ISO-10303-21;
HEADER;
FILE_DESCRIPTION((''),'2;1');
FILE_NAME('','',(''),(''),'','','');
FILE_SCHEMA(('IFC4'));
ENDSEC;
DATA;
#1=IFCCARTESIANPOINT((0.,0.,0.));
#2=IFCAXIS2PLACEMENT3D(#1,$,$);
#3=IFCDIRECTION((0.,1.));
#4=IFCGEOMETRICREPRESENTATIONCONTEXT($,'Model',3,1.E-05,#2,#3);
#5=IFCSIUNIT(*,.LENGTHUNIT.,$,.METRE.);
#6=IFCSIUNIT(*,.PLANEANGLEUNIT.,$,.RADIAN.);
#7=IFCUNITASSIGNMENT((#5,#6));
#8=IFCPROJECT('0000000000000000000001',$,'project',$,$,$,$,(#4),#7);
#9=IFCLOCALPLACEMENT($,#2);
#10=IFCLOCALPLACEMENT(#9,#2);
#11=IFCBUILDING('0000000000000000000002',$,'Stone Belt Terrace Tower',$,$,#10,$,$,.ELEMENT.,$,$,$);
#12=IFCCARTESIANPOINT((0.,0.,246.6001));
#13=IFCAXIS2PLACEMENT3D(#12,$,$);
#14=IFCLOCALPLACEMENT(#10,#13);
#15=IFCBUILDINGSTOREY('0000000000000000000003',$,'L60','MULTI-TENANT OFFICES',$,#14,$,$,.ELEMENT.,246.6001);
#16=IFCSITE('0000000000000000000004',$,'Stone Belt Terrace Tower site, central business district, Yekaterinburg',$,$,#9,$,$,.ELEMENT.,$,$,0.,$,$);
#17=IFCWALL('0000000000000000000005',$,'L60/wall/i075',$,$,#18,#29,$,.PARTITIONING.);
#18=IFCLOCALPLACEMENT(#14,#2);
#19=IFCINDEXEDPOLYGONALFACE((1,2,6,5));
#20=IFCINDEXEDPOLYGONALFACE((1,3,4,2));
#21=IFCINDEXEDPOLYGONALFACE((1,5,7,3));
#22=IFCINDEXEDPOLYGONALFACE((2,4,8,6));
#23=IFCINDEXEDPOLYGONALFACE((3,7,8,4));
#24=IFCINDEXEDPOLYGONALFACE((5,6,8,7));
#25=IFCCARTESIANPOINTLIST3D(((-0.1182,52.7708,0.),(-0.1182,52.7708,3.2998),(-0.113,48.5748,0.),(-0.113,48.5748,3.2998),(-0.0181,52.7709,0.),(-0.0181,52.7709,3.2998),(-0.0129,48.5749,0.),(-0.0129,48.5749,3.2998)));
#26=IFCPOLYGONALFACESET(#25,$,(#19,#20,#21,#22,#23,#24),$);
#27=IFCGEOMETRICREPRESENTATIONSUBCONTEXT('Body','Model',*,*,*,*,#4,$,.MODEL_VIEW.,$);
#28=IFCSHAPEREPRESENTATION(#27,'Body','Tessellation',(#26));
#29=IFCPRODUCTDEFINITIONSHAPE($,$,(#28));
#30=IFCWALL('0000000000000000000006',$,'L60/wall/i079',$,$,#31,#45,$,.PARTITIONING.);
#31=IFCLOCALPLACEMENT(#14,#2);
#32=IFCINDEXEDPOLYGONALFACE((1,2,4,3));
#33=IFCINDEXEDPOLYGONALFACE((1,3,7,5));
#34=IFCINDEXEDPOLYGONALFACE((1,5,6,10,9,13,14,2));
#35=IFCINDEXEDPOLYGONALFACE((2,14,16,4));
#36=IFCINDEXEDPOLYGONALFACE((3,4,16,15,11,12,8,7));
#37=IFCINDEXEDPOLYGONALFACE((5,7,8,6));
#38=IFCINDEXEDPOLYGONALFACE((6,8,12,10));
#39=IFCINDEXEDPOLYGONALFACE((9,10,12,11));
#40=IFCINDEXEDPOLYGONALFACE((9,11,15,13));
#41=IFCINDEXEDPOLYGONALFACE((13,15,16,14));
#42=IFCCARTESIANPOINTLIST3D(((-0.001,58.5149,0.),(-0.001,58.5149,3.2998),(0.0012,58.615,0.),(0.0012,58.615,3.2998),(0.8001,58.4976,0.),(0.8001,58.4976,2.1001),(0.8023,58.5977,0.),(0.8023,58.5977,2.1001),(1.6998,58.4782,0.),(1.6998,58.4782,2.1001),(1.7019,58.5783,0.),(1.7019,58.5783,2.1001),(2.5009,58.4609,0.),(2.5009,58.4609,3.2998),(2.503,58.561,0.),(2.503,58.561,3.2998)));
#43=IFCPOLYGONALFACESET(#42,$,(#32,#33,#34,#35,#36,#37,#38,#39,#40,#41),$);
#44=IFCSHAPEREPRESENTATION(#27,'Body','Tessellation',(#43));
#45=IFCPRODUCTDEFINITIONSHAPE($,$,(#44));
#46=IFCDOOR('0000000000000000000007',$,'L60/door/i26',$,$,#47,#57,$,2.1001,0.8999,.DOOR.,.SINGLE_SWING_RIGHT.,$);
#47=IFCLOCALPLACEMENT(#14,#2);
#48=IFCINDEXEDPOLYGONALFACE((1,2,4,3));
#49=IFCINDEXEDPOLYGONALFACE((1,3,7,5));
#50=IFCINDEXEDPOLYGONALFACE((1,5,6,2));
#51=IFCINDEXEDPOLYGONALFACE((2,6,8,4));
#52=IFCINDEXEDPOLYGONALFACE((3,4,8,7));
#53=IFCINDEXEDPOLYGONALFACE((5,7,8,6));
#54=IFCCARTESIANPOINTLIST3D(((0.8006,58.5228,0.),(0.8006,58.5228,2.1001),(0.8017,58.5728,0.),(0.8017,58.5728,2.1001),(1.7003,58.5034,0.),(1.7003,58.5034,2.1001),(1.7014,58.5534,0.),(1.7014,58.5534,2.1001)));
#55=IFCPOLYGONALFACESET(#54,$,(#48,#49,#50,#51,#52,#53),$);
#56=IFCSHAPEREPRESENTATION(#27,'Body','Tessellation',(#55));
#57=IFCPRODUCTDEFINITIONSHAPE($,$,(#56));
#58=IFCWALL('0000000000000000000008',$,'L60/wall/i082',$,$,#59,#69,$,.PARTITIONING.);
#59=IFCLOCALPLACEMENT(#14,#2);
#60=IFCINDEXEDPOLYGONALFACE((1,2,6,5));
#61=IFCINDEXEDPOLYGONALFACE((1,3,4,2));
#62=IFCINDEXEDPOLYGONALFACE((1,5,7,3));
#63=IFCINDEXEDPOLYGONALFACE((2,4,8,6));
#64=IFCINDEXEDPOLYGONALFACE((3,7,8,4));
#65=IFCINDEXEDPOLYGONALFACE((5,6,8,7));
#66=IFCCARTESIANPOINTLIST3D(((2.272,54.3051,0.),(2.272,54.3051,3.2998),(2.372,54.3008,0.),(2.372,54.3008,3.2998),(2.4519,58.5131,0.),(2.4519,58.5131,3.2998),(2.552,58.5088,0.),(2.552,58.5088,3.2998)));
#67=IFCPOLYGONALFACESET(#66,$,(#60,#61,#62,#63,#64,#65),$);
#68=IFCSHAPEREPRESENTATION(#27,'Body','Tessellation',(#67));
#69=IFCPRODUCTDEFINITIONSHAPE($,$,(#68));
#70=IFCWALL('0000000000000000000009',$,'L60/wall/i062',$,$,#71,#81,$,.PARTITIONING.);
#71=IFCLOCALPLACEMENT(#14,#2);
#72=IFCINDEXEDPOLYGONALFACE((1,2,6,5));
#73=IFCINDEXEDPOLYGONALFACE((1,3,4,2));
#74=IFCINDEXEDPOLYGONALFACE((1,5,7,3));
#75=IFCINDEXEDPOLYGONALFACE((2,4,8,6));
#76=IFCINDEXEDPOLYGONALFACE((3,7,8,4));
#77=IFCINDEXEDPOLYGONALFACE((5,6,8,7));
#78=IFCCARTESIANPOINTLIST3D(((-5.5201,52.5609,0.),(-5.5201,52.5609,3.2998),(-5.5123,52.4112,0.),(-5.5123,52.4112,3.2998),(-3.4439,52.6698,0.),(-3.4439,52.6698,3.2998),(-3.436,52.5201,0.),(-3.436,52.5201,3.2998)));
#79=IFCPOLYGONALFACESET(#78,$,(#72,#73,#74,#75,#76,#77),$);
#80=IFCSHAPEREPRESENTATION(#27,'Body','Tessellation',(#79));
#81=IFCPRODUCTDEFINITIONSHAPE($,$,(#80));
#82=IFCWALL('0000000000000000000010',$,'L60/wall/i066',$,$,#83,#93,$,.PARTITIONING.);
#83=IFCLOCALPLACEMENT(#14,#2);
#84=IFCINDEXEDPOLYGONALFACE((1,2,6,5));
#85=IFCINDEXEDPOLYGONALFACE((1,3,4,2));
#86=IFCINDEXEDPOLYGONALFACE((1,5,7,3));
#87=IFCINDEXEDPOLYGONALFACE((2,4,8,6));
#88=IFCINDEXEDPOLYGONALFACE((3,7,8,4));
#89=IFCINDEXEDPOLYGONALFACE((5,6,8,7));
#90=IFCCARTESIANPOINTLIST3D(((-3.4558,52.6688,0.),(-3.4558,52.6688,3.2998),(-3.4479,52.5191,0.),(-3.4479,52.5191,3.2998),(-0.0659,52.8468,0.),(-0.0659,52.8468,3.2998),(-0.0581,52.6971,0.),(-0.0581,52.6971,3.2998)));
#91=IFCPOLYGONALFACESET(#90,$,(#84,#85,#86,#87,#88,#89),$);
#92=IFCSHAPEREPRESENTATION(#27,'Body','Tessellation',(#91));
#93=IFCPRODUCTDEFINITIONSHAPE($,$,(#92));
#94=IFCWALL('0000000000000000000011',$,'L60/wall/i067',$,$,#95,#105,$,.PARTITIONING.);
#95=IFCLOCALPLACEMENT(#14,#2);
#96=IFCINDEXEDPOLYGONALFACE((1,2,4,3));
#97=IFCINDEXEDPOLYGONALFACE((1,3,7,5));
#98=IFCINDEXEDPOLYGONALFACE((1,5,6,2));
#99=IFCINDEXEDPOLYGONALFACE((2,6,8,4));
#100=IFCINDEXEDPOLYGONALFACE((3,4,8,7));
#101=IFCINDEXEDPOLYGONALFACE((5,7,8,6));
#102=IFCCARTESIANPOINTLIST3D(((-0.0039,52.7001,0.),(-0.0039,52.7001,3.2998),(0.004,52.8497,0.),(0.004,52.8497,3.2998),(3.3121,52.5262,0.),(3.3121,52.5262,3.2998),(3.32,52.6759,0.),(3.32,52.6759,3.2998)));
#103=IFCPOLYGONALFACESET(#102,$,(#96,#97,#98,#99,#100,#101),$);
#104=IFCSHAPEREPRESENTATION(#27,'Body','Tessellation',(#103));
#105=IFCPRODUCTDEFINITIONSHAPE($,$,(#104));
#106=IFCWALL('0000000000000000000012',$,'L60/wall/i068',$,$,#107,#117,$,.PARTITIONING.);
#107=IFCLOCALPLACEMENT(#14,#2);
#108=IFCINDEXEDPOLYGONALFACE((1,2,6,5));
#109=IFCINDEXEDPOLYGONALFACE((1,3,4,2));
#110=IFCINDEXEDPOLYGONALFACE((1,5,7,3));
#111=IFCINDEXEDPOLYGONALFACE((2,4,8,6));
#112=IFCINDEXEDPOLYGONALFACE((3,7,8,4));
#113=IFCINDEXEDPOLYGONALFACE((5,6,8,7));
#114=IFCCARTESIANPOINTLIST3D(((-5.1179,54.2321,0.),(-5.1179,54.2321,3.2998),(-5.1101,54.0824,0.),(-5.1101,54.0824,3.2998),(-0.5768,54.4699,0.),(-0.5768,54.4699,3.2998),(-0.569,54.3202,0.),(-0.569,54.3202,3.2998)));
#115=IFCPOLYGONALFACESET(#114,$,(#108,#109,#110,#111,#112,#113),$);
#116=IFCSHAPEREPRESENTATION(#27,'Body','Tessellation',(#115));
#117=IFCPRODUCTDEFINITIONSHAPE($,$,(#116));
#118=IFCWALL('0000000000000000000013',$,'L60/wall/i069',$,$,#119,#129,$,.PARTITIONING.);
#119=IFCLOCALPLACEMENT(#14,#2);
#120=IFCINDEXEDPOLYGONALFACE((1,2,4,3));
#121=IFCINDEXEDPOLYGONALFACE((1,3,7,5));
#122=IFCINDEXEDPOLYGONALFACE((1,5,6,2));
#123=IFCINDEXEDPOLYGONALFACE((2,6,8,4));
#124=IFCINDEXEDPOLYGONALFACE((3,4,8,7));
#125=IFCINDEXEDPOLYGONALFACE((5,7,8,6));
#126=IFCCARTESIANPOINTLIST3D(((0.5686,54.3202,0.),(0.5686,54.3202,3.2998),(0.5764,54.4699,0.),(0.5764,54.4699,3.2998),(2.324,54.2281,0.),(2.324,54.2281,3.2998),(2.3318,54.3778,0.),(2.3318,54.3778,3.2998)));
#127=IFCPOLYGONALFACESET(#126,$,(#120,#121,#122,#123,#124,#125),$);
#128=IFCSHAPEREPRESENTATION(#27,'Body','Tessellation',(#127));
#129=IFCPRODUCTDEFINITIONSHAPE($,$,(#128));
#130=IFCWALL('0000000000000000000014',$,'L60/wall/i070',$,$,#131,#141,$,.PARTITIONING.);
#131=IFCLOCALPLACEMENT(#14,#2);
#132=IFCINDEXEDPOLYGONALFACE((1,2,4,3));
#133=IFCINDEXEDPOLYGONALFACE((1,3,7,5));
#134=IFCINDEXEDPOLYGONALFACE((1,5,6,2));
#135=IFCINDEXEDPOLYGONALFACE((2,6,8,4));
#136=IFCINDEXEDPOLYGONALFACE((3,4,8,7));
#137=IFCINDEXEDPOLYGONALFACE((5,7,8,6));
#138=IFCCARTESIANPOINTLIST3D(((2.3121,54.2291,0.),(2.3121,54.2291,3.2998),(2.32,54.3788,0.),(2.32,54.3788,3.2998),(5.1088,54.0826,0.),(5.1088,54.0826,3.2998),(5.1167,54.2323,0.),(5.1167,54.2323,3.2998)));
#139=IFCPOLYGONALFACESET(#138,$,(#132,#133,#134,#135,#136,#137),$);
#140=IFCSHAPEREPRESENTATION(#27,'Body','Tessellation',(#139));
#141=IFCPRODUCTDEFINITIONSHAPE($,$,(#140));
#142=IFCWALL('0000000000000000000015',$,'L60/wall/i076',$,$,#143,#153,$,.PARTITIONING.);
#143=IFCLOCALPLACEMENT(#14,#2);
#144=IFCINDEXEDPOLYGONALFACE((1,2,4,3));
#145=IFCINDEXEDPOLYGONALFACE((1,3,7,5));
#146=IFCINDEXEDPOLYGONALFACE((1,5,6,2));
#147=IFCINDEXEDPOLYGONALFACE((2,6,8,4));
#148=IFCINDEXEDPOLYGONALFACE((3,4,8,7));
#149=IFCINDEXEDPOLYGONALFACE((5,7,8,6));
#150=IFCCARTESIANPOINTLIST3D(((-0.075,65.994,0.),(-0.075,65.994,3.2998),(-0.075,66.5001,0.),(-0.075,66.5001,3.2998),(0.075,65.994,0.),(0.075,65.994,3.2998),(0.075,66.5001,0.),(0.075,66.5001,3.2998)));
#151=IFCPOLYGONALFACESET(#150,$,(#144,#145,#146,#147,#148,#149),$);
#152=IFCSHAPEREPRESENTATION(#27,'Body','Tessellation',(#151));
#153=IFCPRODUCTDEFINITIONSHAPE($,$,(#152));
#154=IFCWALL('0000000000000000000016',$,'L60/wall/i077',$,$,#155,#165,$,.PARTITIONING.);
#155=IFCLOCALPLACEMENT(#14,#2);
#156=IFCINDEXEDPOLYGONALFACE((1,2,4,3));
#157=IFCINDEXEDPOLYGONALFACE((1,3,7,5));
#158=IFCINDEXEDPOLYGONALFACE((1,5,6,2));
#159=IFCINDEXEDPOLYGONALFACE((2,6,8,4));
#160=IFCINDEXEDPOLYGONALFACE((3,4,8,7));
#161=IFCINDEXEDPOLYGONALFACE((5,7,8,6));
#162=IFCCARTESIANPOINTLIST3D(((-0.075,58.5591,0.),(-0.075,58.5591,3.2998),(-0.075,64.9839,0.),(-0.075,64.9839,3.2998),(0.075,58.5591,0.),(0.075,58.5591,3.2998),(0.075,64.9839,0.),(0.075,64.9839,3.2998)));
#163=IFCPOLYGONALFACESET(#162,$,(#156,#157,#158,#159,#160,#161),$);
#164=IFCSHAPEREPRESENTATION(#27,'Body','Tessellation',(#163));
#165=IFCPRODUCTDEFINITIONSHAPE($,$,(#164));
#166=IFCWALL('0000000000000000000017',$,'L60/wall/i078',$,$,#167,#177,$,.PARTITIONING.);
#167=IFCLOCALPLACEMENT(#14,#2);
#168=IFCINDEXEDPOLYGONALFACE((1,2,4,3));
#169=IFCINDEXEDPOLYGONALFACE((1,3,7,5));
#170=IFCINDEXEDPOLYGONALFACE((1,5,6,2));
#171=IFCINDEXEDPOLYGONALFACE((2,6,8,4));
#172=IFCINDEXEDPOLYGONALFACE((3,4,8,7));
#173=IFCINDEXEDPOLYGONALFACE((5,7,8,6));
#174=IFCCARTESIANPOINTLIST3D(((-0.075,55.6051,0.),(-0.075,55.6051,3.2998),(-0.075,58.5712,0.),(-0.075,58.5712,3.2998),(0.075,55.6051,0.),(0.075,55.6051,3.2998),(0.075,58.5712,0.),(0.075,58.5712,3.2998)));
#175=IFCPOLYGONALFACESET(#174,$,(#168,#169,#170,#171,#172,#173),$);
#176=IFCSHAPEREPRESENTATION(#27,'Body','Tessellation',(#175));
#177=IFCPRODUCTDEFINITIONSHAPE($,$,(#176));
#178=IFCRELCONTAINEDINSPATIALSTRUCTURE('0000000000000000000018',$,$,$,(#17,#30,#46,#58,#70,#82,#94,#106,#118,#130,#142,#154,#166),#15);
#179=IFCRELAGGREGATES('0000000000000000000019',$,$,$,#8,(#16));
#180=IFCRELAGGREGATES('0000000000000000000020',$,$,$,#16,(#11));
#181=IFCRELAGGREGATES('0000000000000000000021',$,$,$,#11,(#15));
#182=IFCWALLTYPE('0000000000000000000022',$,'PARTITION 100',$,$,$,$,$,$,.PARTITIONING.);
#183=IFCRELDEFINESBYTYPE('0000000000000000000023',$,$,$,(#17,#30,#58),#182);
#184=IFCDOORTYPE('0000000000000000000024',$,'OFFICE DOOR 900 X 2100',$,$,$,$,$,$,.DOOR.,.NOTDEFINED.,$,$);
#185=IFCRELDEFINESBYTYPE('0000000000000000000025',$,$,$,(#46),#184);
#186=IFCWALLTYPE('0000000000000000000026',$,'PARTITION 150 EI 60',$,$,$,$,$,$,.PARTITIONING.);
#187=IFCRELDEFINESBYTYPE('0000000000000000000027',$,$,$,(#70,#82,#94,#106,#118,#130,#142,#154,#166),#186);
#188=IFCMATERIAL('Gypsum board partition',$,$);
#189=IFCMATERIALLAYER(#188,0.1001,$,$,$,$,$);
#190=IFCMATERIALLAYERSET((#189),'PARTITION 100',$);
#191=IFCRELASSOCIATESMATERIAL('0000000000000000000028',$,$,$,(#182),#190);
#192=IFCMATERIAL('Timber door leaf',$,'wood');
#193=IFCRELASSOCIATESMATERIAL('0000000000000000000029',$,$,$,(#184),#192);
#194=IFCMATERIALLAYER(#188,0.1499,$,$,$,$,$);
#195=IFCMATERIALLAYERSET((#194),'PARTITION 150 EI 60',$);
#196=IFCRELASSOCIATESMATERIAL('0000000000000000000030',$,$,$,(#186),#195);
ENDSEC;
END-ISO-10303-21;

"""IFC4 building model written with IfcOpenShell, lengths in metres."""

from ifc_helpers import new_model, si_unit, direction, frame, frame_2d, origin, place, context, subcontext, project, spatial, rectangle, extrude, material, layer, layer_set, type_object, element, fill, save


model = new_model("IFC4")

# Units and contexts
model_context = context("Model", 3, precision=1e-05, world=origin(), true_north=direction((0.0, 1.0)))
body_context = subcontext(model_context, "Body", "Model", "MODEL_VIEW")
ifc_project = project(units=[si_unit("LENGTHUNIT", "METRE"), si_unit("PLANEANGLEUNIT", "RADIAN")], contexts=[model_context])

# Site, building, storey
site_placement = place(None, origin())
site = spatial("IfcSite", under=ifc_project, at=site_placement, Name="Stone Belt Terrace Tower site, central business district, Yekaterinburg", CompositionType="ELEMENT", RefElevation=0.0)
building_placement = place(site_placement, origin())
building = spatial("IfcBuilding", under=site, at=building_placement, Name="Stone Belt Terrace Tower", CompositionType="ELEMENT")
storey_placement = place(building_placement, frame((0.0, 0.0, 246.6001)))
storey = spatial("IfcBuildingStorey", under=building, at=storey_placement, Name="L60", Description="MULTI-TENANT OFFICES", CompositionType="ELEMENT", Elevation=246.6001)

# Shared definitions
ifc_material_1 = material(Name="Gypsum board partition")
ifc_layer_1 = layer(ifc_material_1, 0.1001)
ifc_layer_set_1 = layer_set([ifc_layer_1], Name="PARTITION 100")
wall_type_1 = type_object("IfcWallType", Name="PARTITION 100", PredefinedType="PARTITIONING", material=ifc_layer_set_1)
ifc_material_2 = material(Name="Timber door leaf", Category="wood")
door_type = type_object("IfcDoorType", Name="OFFICE DOOR 900 X 2100", OperationType="NOTDEFINED", PredefinedType="DOOR", material=ifc_material_2)

# Wall
wall_1_placement = place(storey_placement, frame((-0.0681, 52.771, 0.0), z_axis=(0.0, 0.0, 1.0), x_axis=(0.001222, -0.999999, 0.0)))
element("IfcWall", 1, at=wall_1_placement, inside=storey, type_object=wall_type_1, Name="L60/wall/i075", PredefinedType="PARTITIONING", context=body_context, shape_type="SweptSolid", body=[
    extrude(rectangle(XDim=4.196, YDim=0.1001, at=frame_2d((2.0981, 0.0))), origin(), (0.0, 0.0, 1.0), 3.2998),
])

# Wall, opening, door
wall_2_placement = place(storey_placement, frame((2.502, 58.511, 0.0), z_axis=(0.0, 0.0, 1.0), x_axis=(-0.999768, 0.02156, 0.0)))
wall_2 = element("IfcWall", 2, at=wall_2_placement, inside=storey, type_object=wall_type_1, Name="L60/wall/i079", PredefinedType="PARTITIONING", context=body_context, shape_type="SweptSolid", body=[
    extrude(rectangle(XDim=2.5024, YDim=0.1001, at=frame_2d((1.2512, 0.0))), origin(), (0.0, 0.0, 1.0), 3.2998),
])
opening_1_placement = place(wall_2_placement, frame((0.8013, 0.0, 0.0)))
opening_1 = element("IfcOpeningElement", 3, at=opening_1_placement, cuts=wall_2, PredefinedType="OPENING", context=body_context, shape_type="SweptSolid", body=[
    extrude(rectangle(XDim=0.8999, YDim=2.1001, at=frame_2d((0.45, 1.05))), frame((0.0, 0.0601, 0.0), z_axis=(0.0, -1.0, 0.0), x_axis=(1.0, 0.0, 0.0)), (0.0, 0.0, 1.0), 0.1201),
])
door_1_placement = place(opening_1_placement, origin())
door_1 = element("IfcDoor", 4, at=door_1_placement, inside=storey, type_object=door_type, Name="L60/door/i26", OperationType="SINGLE_SWING_RIGHT", OverallHeight=2.1001, OverallWidth=0.8999, PredefinedType="DOOR", context=body_context, shape_type="SweptSolid", body=[
    extrude(rectangle(XDim=0.8999, YDim=2.1001, at=frame_2d((0.45, 1.05))), frame((0.0, 0.0249, 0.0), z_axis=(0.0, -1.0, 0.0), x_axis=(1.0, 0.0, 0.0)), (0.0, 0.0, 1.0), 0.05),
])
fill(opening_1, door_1)

# Walls
wall_3_placement = place(storey_placement, frame((2.502, 58.511, 0.0), z_axis=(0.0, 0.0, 1.0), x_axis=(-0.04272, -0.999087, 0.0)))
element("IfcWall", 5, at=wall_3_placement, inside=storey, type_object=wall_type_1, Name="L60/wall/i082", PredefinedType="PARTITIONING", context=body_context, shape_type="SweptSolid", body=[
    extrude(rectangle(XDim=4.2119, YDim=0.1001, at=frame_2d((2.106, 0.0))), origin(), (0.0, 0.0, 1.0), 3.2998),
])
ifc_layer_2 = layer(ifc_material_1, 0.1499)
ifc_layer_set_2 = layer_set([ifc_layer_2], Name="PARTITION 150 EI 60")
wall_type_2 = type_object("IfcWallType", Name="PARTITION 150 EI 60", PredefinedType="PARTITIONING", material=ifc_layer_set_2)
wall_4_placement = place(storey_placement, frame((-3.4399, 52.595, 0.0), z_axis=(0.0, 0.0, 1.0), x_axis=(-0.998628, -0.052374, 0.0)))
element("IfcWall", 6, at=wall_4_placement, inside=storey, type_object=wall_type_2, Name="L60/wall/i062", PredefinedType="PARTITIONING", context=body_context, shape_type="SweptSolid", body=[
    extrude(rectangle(XDim=2.0791, YDim=0.1499, at=frame_2d((1.0396, 0.0))), origin(), (0.0, 0.0, 1.0), 3.2998),
])
wall_5_placement = place(storey_placement, frame((-0.062, 52.772, 0.0), z_axis=(0.0, 0.0, 1.0), x_axis=(-0.998625, -0.05243, 0.0)))
element("IfcWall", 7, at=wall_5_placement, inside=storey, type_object=wall_type_2, Name="L60/wall/i066", PredefinedType="PARTITIONING", context=body_context, shape_type="SweptSolid", body=[
    extrude(rectangle(XDim=3.3945, YDim=0.1499, at=frame_2d((1.6973, 0.0))), origin(), (0.0, 0.0, 1.0), 3.2998),
])
wall_6_placement = place(storey_placement, frame((3.3159, 52.6011, 0.0), z_axis=(0.0, 0.0, 1.0), x_axis=(-0.998629, 0.05235, 0.0)))
element("IfcWall", 8, at=wall_6_placement, inside=storey, type_object=wall_type_2, Name="L60/wall/i067", PredefinedType="PARTITIONING", context=body_context, shape_type="SweptSolid", body=[
    extrude(rectangle(XDim=3.3206, YDim=0.1499, at=frame_2d((1.6602, 0.0))), origin(), (0.0, 0.0, 1.0), 3.2998),
])
wall_7_placement = place(storey_placement, frame((-5.114, 54.1572, 0.0), z_axis=(0.0, 0.0, 1.0), x_axis=(0.998632, 0.052291, 0.0)))
element("IfcWall", 9, at=wall_7_placement, inside=storey, type_object=wall_type_2, Name="L60/wall/i068", PredefinedType="PARTITIONING", context=body_context, shape_type="SweptSolid", body=[
    extrude(rectangle(XDim=4.5474, YDim=0.1499, at=frame_2d((2.2737, 0.0))), origin(), (0.0, 0.0, 1.0), 3.2998),
])
wall_8_placement = place(storey_placement, frame((0.5725, 54.395, 0.0), z_axis=(0.0, 0.0, 1.0), x_axis=(0.998628, -0.052362, 0.0)))
element("IfcWall", 10, at=wall_8_placement, inside=storey, type_object=wall_type_2, Name="L60/wall/i069", PredefinedType="PARTITIONING", context=body_context, shape_type="SweptSolid", body=[
    extrude(rectangle(XDim=1.7578, YDim=0.1499, at=frame_2d((0.8789, 0.0))), origin(), (0.0, 0.0, 1.0), 3.2998),
])
wall_9_placement = place(storey_placement, frame((2.3159, 54.304, 0.0), z_axis=(0.0, 0.0, 1.0), x_axis=(0.998631, -0.052307, 0.0)))
element("IfcWall", 11, at=wall_9_placement, inside=storey, type_object=wall_type_2, Name="L60/wall/i070", PredefinedType="PARTITIONING", context=body_context, shape_type="SweptSolid", body=[
    extrude(rectangle(XDim=2.8005, YDim=0.1499, at=frame_2d((1.4004, 0.0))), origin(), (0.0, 0.0, 1.0), 3.2998),
])
wall_10_placement = place(storey_placement, frame((0.0, 66.5, 0.0), z_axis=(0.0, 0.0, 1.0), x_axis=(0.0, -1.0, 0.0)))
element("IfcWall", 12, at=wall_10_placement, inside=storey, type_object=wall_type_2, Name="L60/wall/i076", PredefinedType="PARTITIONING", context=body_context, shape_type="SweptSolid", body=[
    extrude(rectangle(XDim=0.5061, YDim=0.1499, at=frame_2d((0.2529, 0.0))), origin(), (0.0, 0.0, 1.0), 3.2998),
])
wall_11_placement = place(storey_placement, frame((0.0, 64.9839, 0.0), z_axis=(0.0, 0.0, 1.0), x_axis=(0.0, -1.0, 0.0)))
element("IfcWall", 13, at=wall_11_placement, inside=storey, type_object=wall_type_2, Name="L60/wall/i077", PredefinedType="PARTITIONING", context=body_context, shape_type="SweptSolid", body=[
    extrude(rectangle(XDim=6.4248, YDim=0.1499, at=frame_2d((3.2124, 0.0))), origin(), (0.0, 0.0, 1.0), 3.2998),
])
wall_12_placement = place(storey_placement, frame((0.0, 58.571, 0.0), z_axis=(0.0, 0.0, 1.0), x_axis=(0.0, -1.0, 0.0)))
element("IfcWall", 14, at=wall_12_placement, inside=storey, type_object=wall_type_2, Name="L60/wall/i078", PredefinedType="PARTITIONING", context=body_context, shape_type="SweptSolid", body=[
    extrude(rectangle(XDim=2.9661, YDim=0.1499, at=frame_2d((1.4829, 0.0))), origin(), (0.0, 0.0, 1.0), 3.2998),
])

save(model, "model.ifc")
